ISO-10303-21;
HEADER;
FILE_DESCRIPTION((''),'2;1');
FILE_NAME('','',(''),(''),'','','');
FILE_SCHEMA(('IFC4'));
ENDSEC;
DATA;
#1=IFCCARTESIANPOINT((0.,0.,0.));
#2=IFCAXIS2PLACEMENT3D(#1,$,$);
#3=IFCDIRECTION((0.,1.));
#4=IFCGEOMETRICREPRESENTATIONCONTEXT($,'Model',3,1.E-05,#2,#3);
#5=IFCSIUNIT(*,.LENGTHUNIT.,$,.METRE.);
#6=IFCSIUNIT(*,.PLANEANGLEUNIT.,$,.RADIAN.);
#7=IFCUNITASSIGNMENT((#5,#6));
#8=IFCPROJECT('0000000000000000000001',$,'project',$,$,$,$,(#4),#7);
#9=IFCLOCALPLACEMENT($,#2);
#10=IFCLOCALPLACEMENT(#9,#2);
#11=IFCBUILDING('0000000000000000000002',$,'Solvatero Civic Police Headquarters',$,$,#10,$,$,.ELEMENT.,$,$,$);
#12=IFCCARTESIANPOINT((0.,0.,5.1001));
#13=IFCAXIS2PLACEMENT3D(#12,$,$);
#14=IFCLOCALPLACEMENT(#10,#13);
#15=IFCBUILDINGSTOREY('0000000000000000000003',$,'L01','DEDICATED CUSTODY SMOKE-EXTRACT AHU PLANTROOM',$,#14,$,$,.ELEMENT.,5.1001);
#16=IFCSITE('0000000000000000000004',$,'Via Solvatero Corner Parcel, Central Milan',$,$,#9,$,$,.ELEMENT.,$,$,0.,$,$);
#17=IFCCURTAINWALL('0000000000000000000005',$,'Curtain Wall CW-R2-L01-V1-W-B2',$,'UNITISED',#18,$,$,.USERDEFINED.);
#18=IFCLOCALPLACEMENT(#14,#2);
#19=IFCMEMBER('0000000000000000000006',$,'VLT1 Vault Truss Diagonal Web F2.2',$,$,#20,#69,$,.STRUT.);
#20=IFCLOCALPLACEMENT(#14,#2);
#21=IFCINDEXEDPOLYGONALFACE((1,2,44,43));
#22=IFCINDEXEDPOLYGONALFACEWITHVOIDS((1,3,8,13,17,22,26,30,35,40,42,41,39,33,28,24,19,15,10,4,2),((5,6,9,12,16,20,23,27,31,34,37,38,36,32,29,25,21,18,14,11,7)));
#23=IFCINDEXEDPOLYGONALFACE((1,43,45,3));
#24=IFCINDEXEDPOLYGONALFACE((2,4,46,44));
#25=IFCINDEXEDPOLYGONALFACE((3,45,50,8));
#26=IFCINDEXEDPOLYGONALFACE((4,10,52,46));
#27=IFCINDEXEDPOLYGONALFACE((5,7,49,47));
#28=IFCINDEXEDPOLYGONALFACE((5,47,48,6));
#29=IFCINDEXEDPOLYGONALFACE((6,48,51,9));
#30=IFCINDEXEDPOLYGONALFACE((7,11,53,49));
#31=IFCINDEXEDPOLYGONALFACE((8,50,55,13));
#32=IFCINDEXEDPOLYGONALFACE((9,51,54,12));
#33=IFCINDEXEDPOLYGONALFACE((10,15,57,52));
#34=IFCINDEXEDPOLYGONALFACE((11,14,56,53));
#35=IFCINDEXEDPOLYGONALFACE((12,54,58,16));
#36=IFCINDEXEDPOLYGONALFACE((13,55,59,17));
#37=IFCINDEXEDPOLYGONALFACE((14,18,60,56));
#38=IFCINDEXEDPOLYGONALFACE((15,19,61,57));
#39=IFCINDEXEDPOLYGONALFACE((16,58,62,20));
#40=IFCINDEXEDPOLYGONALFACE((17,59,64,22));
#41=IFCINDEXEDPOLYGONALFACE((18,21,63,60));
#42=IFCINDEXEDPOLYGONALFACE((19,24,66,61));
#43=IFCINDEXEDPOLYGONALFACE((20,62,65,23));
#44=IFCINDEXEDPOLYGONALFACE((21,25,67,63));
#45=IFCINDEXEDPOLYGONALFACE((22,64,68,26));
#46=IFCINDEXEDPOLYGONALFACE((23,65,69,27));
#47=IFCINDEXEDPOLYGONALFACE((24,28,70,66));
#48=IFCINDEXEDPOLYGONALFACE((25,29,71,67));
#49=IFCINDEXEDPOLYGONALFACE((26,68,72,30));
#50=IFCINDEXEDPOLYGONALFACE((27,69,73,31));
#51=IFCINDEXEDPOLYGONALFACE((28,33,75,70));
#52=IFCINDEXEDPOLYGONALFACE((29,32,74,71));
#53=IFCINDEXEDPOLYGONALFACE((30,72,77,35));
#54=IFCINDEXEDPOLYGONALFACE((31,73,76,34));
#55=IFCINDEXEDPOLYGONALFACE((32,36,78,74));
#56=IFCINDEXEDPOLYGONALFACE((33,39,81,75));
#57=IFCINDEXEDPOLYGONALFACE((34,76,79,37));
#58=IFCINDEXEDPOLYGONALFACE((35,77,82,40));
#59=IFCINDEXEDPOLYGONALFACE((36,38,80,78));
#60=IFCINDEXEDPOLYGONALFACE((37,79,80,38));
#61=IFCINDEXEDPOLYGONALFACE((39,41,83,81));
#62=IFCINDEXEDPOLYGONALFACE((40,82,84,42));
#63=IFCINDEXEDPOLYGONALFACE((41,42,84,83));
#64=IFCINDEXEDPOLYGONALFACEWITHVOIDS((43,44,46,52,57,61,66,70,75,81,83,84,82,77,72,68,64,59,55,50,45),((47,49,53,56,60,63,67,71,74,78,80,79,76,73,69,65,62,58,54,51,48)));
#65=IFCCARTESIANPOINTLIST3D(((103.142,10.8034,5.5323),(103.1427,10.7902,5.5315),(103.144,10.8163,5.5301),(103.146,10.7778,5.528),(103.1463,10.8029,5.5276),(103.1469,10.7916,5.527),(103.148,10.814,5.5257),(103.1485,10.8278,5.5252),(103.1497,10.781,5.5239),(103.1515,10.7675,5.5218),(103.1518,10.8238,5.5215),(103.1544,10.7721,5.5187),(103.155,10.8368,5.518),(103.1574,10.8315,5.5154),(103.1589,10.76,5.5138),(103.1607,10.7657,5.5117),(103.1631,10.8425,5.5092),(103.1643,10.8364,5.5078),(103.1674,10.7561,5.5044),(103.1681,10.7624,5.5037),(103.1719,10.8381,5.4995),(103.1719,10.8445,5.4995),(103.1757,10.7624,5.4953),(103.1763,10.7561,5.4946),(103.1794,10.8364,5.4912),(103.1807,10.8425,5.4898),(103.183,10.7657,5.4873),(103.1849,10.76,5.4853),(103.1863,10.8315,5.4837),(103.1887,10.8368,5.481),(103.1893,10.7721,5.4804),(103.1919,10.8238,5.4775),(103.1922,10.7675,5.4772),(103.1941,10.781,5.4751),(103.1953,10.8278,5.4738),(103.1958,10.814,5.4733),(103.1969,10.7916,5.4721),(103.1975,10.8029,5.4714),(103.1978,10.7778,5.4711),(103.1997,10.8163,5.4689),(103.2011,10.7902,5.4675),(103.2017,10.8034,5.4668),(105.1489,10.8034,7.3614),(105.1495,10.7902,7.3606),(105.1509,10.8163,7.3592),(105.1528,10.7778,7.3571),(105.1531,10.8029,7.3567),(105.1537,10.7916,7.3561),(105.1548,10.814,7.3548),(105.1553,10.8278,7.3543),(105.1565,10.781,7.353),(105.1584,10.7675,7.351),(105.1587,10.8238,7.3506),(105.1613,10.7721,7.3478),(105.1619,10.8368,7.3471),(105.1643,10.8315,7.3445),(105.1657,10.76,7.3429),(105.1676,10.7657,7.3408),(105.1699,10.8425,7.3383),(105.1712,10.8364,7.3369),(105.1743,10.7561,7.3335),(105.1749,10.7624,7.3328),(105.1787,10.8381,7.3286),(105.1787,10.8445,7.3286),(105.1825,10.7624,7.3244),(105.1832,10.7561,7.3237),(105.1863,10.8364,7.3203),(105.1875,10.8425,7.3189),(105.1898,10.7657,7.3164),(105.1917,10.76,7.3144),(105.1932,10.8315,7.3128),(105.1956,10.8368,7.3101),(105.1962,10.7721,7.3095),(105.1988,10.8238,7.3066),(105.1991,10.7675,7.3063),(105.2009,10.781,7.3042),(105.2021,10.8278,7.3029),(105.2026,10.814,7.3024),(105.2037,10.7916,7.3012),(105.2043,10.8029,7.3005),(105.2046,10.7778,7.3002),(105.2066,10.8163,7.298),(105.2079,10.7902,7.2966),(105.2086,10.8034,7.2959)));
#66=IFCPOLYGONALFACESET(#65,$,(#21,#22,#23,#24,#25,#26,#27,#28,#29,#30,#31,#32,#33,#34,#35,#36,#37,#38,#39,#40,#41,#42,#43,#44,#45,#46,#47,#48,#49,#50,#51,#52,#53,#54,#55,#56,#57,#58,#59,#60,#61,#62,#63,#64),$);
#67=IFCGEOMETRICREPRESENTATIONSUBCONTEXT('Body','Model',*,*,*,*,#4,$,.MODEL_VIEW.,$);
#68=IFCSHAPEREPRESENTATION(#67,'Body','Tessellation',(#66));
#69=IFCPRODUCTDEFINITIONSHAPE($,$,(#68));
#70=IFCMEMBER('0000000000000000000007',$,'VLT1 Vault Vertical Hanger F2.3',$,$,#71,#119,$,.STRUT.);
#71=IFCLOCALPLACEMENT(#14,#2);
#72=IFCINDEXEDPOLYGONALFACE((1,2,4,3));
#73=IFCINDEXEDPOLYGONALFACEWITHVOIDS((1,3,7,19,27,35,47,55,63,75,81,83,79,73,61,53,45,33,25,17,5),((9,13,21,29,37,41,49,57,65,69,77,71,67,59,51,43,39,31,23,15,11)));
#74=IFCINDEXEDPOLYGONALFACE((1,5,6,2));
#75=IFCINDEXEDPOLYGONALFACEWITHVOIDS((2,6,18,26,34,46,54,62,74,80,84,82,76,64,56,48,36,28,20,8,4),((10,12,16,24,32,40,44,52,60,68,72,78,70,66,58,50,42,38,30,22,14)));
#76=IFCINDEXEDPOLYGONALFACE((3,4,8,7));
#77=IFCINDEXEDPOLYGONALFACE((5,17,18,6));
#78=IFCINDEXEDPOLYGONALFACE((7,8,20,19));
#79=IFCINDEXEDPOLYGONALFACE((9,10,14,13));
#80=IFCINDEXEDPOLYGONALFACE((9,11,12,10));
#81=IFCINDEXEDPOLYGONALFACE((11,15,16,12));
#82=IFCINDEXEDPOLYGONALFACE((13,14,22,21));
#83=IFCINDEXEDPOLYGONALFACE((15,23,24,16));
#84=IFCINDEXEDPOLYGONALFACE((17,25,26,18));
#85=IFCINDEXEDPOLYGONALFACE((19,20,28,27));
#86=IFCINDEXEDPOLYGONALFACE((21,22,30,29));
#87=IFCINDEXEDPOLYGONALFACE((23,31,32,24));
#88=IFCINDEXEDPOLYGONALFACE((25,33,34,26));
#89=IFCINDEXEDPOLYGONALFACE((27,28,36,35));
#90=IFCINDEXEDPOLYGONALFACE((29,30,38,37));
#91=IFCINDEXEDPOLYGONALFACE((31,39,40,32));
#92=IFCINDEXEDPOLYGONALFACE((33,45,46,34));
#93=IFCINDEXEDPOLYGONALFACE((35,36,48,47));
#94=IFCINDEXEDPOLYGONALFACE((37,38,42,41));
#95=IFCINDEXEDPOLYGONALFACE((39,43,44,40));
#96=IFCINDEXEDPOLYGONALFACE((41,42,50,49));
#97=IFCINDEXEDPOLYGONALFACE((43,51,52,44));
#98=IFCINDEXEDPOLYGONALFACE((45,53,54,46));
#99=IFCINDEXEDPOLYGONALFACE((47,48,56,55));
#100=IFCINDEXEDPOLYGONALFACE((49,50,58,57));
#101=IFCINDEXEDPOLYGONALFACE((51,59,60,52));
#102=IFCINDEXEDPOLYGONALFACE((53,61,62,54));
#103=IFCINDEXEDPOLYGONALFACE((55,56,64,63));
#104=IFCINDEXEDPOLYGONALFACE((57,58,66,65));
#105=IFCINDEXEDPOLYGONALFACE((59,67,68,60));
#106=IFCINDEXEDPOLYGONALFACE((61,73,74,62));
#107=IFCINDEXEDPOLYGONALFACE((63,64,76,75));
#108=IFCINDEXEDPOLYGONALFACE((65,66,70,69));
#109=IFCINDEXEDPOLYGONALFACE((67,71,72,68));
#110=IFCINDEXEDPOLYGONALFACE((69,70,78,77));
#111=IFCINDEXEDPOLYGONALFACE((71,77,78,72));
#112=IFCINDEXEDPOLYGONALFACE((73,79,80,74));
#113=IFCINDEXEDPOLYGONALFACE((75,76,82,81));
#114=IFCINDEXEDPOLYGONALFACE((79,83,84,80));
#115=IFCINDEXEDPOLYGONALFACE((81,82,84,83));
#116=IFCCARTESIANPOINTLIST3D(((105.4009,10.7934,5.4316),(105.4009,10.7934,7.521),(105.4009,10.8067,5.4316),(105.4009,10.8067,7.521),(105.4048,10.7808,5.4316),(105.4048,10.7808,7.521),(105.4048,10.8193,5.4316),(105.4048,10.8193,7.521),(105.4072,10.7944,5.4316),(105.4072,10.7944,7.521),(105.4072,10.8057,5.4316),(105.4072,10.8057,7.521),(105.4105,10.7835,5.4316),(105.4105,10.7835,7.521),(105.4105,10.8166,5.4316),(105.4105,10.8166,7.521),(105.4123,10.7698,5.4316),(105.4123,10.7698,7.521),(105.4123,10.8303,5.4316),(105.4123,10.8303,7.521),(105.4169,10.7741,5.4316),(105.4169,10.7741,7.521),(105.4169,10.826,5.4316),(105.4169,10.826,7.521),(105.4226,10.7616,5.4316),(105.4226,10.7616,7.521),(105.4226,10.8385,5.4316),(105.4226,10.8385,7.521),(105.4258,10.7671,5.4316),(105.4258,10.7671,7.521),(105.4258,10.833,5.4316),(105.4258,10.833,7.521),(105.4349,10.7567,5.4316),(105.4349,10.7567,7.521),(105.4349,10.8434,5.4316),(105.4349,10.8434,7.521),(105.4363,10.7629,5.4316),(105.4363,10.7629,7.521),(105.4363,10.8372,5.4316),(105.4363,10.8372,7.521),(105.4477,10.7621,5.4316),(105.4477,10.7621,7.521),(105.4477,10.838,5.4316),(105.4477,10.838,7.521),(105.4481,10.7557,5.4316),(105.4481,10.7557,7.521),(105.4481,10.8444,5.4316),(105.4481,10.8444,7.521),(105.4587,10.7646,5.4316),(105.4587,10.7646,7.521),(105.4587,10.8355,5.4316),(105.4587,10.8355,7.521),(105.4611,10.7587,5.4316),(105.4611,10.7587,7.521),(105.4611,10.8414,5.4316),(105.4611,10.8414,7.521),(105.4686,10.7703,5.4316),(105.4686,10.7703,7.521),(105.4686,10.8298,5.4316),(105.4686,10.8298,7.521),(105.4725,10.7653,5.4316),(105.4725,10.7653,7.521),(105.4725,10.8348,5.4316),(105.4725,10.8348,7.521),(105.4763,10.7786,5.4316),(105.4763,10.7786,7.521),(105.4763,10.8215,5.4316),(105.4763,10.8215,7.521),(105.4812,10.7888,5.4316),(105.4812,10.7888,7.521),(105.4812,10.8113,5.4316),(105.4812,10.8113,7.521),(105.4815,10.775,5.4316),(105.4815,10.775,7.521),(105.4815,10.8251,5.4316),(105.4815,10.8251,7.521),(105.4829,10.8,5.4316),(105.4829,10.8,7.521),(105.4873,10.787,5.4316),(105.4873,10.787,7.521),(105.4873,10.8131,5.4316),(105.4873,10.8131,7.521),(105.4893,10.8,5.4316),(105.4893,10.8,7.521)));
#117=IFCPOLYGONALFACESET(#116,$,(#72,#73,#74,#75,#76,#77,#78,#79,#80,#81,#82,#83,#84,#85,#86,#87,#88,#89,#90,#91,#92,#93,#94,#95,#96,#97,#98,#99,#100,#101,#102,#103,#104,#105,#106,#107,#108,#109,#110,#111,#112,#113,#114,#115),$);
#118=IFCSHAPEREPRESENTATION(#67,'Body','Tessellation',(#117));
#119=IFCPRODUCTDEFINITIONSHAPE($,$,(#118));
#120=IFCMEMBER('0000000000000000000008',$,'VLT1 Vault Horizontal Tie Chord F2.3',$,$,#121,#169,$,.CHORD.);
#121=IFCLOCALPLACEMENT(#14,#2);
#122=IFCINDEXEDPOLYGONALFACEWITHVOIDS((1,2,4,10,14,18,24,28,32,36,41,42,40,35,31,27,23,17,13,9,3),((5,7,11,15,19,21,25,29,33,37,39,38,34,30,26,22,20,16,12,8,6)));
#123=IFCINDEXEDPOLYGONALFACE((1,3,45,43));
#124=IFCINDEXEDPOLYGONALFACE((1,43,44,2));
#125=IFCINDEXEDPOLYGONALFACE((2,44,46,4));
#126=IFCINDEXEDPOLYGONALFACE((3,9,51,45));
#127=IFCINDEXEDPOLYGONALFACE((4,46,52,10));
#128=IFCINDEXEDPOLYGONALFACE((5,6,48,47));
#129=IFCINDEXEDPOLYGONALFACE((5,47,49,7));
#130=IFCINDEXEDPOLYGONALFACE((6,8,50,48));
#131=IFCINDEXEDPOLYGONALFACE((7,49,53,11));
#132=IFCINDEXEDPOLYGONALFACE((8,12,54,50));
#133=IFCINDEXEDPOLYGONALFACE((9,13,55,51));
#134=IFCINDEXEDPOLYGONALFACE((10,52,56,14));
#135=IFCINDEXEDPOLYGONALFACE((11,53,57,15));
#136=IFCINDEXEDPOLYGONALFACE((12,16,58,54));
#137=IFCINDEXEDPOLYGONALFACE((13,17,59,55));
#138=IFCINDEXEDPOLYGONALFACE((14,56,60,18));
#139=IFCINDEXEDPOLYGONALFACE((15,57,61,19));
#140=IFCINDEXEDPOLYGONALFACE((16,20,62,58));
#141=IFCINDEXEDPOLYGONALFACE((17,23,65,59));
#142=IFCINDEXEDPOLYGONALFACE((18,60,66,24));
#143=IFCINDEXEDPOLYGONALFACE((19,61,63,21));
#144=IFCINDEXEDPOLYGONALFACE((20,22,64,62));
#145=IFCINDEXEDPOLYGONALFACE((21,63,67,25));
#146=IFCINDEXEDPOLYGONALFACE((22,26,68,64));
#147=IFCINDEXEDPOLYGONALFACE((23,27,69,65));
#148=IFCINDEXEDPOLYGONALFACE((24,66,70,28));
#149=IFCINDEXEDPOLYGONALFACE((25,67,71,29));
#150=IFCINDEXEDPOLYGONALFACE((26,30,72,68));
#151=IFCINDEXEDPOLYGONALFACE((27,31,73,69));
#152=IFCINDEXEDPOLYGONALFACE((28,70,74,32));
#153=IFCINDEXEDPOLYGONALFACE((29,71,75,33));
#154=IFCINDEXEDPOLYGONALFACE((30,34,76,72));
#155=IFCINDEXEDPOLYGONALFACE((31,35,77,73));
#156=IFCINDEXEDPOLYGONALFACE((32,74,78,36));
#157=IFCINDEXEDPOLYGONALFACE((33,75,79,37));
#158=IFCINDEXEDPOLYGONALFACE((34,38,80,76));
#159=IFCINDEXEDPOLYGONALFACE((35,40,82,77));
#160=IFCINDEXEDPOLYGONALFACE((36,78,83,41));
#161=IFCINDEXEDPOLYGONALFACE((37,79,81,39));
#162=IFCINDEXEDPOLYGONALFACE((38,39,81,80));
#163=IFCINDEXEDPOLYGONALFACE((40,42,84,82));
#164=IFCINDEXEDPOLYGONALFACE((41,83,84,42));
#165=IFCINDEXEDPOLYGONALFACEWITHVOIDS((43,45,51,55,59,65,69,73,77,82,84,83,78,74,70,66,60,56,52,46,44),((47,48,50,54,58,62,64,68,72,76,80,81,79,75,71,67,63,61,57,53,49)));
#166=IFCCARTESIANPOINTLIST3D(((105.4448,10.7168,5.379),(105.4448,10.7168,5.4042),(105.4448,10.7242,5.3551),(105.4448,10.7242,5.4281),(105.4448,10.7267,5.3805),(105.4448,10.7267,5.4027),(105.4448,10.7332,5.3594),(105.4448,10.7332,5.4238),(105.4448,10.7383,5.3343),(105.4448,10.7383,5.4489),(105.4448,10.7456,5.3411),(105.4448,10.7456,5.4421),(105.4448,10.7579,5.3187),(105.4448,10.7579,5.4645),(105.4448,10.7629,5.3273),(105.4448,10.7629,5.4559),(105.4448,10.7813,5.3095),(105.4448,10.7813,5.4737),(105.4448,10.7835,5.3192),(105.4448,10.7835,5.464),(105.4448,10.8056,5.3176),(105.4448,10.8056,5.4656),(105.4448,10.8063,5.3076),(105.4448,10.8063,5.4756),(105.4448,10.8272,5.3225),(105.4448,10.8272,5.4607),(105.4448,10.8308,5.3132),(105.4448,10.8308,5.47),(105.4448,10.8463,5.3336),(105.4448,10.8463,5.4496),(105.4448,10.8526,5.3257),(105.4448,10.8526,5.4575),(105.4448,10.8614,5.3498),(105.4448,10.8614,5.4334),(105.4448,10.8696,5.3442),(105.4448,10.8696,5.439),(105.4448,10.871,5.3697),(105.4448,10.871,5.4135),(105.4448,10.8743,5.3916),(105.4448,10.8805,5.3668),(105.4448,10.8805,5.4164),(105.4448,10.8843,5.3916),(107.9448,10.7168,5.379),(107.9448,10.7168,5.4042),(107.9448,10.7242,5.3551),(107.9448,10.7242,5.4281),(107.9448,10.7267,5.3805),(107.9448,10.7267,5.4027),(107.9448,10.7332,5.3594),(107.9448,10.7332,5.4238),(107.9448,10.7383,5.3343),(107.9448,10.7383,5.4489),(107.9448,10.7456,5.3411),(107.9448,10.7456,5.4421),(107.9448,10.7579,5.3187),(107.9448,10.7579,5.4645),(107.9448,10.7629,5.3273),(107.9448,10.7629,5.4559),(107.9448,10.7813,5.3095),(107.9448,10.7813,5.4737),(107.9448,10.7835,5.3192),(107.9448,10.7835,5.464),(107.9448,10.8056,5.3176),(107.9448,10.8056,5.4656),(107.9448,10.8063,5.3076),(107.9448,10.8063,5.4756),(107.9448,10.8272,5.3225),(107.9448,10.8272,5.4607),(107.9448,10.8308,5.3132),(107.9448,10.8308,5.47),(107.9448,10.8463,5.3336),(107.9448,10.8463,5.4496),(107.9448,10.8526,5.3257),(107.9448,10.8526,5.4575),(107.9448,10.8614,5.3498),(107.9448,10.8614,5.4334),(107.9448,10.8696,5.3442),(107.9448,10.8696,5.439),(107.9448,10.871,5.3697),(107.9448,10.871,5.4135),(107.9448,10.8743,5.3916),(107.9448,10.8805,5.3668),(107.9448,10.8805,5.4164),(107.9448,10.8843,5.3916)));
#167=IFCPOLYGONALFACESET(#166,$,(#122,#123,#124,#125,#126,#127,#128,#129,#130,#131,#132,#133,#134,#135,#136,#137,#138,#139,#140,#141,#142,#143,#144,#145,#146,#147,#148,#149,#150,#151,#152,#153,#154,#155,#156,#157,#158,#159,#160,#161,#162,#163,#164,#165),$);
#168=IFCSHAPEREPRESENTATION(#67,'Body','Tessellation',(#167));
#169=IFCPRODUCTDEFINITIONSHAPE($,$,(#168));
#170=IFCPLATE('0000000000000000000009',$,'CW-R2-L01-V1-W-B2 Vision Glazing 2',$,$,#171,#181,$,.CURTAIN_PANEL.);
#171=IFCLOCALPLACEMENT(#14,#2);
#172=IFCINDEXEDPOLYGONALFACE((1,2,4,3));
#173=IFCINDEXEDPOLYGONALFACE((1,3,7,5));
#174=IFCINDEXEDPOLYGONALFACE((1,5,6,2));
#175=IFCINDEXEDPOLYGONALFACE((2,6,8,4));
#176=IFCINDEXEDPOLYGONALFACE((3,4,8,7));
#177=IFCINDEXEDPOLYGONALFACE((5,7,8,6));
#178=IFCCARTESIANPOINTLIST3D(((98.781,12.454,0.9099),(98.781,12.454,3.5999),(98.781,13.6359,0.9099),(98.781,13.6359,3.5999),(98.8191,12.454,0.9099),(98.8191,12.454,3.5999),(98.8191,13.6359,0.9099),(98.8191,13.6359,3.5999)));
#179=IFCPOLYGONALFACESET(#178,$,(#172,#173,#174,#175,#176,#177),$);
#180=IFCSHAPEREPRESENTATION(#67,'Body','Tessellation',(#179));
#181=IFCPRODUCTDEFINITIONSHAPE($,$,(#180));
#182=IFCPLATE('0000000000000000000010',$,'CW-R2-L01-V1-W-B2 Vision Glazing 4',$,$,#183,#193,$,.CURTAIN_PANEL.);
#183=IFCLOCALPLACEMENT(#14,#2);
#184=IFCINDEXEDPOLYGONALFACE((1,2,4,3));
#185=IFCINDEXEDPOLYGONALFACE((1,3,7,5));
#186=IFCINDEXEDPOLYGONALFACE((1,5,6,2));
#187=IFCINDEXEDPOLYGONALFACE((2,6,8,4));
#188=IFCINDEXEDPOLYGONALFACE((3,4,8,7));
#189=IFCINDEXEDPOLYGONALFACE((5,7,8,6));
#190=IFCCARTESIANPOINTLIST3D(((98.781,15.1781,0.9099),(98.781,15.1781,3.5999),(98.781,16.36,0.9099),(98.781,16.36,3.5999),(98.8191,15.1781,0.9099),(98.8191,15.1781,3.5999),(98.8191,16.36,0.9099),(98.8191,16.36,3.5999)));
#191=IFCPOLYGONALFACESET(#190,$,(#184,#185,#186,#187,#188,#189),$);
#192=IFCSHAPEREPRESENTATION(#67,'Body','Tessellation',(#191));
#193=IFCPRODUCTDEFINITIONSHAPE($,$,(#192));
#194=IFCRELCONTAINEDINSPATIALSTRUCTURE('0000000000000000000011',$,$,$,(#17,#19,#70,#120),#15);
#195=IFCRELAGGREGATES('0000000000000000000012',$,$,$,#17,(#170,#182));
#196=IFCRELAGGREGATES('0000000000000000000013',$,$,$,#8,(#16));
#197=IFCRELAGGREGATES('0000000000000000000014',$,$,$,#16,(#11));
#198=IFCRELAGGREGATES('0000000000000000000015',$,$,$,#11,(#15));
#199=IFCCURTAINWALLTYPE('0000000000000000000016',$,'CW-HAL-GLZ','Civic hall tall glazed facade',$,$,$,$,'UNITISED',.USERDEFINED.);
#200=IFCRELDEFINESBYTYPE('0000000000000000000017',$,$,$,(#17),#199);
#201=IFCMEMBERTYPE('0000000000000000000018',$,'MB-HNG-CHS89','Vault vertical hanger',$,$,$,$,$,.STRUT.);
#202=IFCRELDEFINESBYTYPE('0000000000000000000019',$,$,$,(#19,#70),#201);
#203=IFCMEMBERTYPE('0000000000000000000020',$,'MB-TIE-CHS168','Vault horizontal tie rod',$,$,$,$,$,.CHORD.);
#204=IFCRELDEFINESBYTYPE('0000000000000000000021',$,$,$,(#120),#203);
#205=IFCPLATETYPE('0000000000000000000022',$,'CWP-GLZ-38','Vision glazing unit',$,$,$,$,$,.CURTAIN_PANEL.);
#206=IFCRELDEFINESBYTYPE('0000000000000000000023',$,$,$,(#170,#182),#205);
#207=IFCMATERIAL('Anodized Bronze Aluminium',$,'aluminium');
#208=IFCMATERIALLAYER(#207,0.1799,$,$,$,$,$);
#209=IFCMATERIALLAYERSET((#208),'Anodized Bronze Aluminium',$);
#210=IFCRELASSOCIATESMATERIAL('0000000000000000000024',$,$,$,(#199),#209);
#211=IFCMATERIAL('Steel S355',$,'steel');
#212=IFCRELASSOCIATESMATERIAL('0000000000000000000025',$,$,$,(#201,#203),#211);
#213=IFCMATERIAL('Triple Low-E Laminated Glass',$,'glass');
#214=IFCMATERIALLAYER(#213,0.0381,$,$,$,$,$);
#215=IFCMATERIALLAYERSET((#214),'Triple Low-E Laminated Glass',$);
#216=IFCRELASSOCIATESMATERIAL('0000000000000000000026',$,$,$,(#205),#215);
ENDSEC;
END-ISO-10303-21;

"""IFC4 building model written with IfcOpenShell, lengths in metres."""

from ifc_helpers import new_model, si_unit, direction, frame, origin, origin_2d, place, context, subcontext, project, spatial, rectangle, hollow_circle, extrude, material, layer, layer_set, material_profile, profile_set, type_object, element, aggregate, save


model = new_model("IFC4")

# Units and contexts
model_context = context("Model", 3, precision=1e-05, world=origin(), true_north=direction((0.0, 1.0)))
body_context = subcontext(model_context, "Body", "Model", "MODEL_VIEW")
ifc_project = project(units=[si_unit("LENGTHUNIT", "METRE"), si_unit("PLANEANGLEUNIT", "RADIAN")], contexts=[model_context])

# Site, building, storey
site_placement = place(None, origin())
site = spatial("IfcSite", under=ifc_project, at=site_placement, Name="Via Solvatero Corner Parcel, Central Milan", CompositionType="ELEMENT", RefElevation=0.0)
building_placement = place(site_placement, origin())
building = spatial("IfcBuilding", under=site, at=building_placement, Name="Solvatero Civic Police Headquarters", CompositionType="ELEMENT")
storey_placement = place(building_placement, frame((0.0, 0.0, 5.1001)))
storey = spatial("IfcBuildingStorey", under=building, at=storey_placement, Name="L01", Description="DEDICATED CUSTODY SMOKE-EXTRACT AHU PLANTROOM", CompositionType="ELEMENT", Elevation=5.1001)

# Shared definitions
ifc_material_1 = material(Name="Steel S355", Category="steel")

# Curtain wall
ifc_material_2 = material(Name="Anodized Bronze Aluminium", Category="aluminium")
ifc_layer_1 = layer(ifc_material_2, 0.1799)
ifc_layer_set_1 = layer_set([ifc_layer_1], Name="Anodized Bronze Aluminium")
curtain_wall_type = type_object("IfcCurtainWallType", Name="CW-HAL-GLZ", Description="Civic hall tall glazed facade", ElementType="UNITISED", PredefinedType="USERDEFINED", material=ifc_layer_set_1)
curtain_wall_placement = place(storey_placement, origin())
curtain_wall = element("IfcCurtainWall", 1, at=curtain_wall_placement, inside=storey, type_object=curtain_wall_type, Name="Curtain Wall CW-R2-L01-V1-W-B2", ObjectType="UNITISED", PredefinedType="USERDEFINED")

# Members
ifc_material_profile_1 = material_profile(ifc_material_1, hollow_circle(Radius=0.0444, WallThickness=0.0063, at=origin_2d()), Name="CHS 88.9x6.3")
ifc_profile_set_1 = profile_set([ifc_material_profile_1], Name="Steel S355")
member_type_1 = type_object("IfcMemberType", Name="MB-HNG-CHS89", Description="Vault vertical hanger", PredefinedType="STRUT", material=ifc_profile_set_1)
member_1_placement = place(storey_placement, frame((103.1719, 10.8, 5.4995), z_axis=(0.739077, 0.0, 0.673621), x_axis=(0.0, 1.0, 0.0)))
element("IfcMember", 2, at=member_1_placement, inside=storey, type_object=member_type_1, Name="VLT1 Vault Truss Diagonal Web F2.2", PredefinedType="STRUT", context=body_context, shape_type="SweptSolid", body=[
    extrude(hollow_circle(Radius=0.0444, WallThickness=0.0063, at=origin_2d()), origin(), (0.0, 0.0, 1.0), 2.7153),
])
member_2_placement = place(storey_placement, frame((105.4448, 10.8, 5.4316), z_axis=(0.0, 0.0, 1.0), x_axis=(1.0, 0.0, 0.0)))
element("IfcMember", 3, at=member_2_placement, inside=storey, type_object=member_type_1, Name="VLT1 Vault Vertical Hanger F2.3", PredefinedType="STRUT", context=body_context, shape_type="SweptSolid", body=[
    extrude(hollow_circle(Radius=0.0444, WallThickness=0.0063, at=origin_2d()), origin(), (0.0, 0.0, 1.0), 2.0894),
])
ifc_material_profile_2 = material_profile(ifc_material_1, hollow_circle(Radius=0.0842, WallThickness=0.01, at=origin_2d()), Name="CHS 168.3x10.0")
ifc_profile_set_2 = profile_set([ifc_material_profile_2], Name="Steel S355")
member_type_2 = type_object("IfcMemberType", Name="MB-TIE-CHS168", Description="Vault horizontal tie rod", PredefinedType="CHORD", material=ifc_profile_set_2)
member_3_placement = place(storey_placement, frame((105.4448, 10.8, 5.3916), z_axis=(1.0, 0.0, 0.0), x_axis=(0.0, 1.0, 0.0)))
element("IfcMember", 4, at=member_3_placement, inside=storey, type_object=member_type_2, Name="VLT1 Vault Horizontal Tie Chord F2.3", PredefinedType="CHORD", context=body_context, shape_type="SweptSolid", body=[
    extrude(hollow_circle(Radius=0.0842, WallThickness=0.01, at=origin_2d()), origin(), (0.0, 0.0, 1.0), 2.5),
])

# Plates
ifc_material_3 = material(Name="Triple Low-E Laminated Glass", Category="glass")
ifc_layer_2 = layer(ifc_material_3, 0.0381)
ifc_layer_set_2 = layer_set([ifc_layer_2], Name="Triple Low-E Laminated Glass")
plate_type_1 = type_object("IfcPlateType", Name="CWP-GLZ-38", Description="Vision glazing unit", PredefinedType="CURTAIN_PANEL", material=ifc_layer_set_2)
plate_1_placement = place(storey_placement, frame((98.8, 13.0449, 0.9099), z_axis=(0.0, 0.0, 1.0), x_axis=(0.0, 1.0, 0.0)))
plate_1 = element("IfcPlate", 5, at=plate_1_placement, type_object=plate_type_1, Name="CW-R2-L01-V1-W-B2 Vision Glazing 2", PredefinedType="CURTAIN_PANEL", context=body_context, shape_type="SweptSolid", body=[
    extrude(rectangle(XDim=1.1819, YDim=0.0381, at=origin_2d()), origin(), (0.0, 0.0, 1.0), 2.6899),
])
plate_2_placement = place(storey_placement, frame((98.8, 15.769, 0.9099), z_axis=(0.0, 0.0, 1.0), x_axis=(0.0, 1.0, 0.0)))
plate_2 = element("IfcPlate", 6, at=plate_2_placement, type_object=plate_type_1, Name="CW-R2-L01-V1-W-B2 Vision Glazing 4", PredefinedType="CURTAIN_PANEL", context=body_context, shape_type="SweptSolid", body=[
    extrude(rectangle(XDim=1.1819, YDim=0.0381, at=origin_2d()), origin(), (0.0, 0.0, 1.0), 2.6899),
])
aggregate(curtain_wall, [plate_1, plate_2])

save(model, "model.ifc")
